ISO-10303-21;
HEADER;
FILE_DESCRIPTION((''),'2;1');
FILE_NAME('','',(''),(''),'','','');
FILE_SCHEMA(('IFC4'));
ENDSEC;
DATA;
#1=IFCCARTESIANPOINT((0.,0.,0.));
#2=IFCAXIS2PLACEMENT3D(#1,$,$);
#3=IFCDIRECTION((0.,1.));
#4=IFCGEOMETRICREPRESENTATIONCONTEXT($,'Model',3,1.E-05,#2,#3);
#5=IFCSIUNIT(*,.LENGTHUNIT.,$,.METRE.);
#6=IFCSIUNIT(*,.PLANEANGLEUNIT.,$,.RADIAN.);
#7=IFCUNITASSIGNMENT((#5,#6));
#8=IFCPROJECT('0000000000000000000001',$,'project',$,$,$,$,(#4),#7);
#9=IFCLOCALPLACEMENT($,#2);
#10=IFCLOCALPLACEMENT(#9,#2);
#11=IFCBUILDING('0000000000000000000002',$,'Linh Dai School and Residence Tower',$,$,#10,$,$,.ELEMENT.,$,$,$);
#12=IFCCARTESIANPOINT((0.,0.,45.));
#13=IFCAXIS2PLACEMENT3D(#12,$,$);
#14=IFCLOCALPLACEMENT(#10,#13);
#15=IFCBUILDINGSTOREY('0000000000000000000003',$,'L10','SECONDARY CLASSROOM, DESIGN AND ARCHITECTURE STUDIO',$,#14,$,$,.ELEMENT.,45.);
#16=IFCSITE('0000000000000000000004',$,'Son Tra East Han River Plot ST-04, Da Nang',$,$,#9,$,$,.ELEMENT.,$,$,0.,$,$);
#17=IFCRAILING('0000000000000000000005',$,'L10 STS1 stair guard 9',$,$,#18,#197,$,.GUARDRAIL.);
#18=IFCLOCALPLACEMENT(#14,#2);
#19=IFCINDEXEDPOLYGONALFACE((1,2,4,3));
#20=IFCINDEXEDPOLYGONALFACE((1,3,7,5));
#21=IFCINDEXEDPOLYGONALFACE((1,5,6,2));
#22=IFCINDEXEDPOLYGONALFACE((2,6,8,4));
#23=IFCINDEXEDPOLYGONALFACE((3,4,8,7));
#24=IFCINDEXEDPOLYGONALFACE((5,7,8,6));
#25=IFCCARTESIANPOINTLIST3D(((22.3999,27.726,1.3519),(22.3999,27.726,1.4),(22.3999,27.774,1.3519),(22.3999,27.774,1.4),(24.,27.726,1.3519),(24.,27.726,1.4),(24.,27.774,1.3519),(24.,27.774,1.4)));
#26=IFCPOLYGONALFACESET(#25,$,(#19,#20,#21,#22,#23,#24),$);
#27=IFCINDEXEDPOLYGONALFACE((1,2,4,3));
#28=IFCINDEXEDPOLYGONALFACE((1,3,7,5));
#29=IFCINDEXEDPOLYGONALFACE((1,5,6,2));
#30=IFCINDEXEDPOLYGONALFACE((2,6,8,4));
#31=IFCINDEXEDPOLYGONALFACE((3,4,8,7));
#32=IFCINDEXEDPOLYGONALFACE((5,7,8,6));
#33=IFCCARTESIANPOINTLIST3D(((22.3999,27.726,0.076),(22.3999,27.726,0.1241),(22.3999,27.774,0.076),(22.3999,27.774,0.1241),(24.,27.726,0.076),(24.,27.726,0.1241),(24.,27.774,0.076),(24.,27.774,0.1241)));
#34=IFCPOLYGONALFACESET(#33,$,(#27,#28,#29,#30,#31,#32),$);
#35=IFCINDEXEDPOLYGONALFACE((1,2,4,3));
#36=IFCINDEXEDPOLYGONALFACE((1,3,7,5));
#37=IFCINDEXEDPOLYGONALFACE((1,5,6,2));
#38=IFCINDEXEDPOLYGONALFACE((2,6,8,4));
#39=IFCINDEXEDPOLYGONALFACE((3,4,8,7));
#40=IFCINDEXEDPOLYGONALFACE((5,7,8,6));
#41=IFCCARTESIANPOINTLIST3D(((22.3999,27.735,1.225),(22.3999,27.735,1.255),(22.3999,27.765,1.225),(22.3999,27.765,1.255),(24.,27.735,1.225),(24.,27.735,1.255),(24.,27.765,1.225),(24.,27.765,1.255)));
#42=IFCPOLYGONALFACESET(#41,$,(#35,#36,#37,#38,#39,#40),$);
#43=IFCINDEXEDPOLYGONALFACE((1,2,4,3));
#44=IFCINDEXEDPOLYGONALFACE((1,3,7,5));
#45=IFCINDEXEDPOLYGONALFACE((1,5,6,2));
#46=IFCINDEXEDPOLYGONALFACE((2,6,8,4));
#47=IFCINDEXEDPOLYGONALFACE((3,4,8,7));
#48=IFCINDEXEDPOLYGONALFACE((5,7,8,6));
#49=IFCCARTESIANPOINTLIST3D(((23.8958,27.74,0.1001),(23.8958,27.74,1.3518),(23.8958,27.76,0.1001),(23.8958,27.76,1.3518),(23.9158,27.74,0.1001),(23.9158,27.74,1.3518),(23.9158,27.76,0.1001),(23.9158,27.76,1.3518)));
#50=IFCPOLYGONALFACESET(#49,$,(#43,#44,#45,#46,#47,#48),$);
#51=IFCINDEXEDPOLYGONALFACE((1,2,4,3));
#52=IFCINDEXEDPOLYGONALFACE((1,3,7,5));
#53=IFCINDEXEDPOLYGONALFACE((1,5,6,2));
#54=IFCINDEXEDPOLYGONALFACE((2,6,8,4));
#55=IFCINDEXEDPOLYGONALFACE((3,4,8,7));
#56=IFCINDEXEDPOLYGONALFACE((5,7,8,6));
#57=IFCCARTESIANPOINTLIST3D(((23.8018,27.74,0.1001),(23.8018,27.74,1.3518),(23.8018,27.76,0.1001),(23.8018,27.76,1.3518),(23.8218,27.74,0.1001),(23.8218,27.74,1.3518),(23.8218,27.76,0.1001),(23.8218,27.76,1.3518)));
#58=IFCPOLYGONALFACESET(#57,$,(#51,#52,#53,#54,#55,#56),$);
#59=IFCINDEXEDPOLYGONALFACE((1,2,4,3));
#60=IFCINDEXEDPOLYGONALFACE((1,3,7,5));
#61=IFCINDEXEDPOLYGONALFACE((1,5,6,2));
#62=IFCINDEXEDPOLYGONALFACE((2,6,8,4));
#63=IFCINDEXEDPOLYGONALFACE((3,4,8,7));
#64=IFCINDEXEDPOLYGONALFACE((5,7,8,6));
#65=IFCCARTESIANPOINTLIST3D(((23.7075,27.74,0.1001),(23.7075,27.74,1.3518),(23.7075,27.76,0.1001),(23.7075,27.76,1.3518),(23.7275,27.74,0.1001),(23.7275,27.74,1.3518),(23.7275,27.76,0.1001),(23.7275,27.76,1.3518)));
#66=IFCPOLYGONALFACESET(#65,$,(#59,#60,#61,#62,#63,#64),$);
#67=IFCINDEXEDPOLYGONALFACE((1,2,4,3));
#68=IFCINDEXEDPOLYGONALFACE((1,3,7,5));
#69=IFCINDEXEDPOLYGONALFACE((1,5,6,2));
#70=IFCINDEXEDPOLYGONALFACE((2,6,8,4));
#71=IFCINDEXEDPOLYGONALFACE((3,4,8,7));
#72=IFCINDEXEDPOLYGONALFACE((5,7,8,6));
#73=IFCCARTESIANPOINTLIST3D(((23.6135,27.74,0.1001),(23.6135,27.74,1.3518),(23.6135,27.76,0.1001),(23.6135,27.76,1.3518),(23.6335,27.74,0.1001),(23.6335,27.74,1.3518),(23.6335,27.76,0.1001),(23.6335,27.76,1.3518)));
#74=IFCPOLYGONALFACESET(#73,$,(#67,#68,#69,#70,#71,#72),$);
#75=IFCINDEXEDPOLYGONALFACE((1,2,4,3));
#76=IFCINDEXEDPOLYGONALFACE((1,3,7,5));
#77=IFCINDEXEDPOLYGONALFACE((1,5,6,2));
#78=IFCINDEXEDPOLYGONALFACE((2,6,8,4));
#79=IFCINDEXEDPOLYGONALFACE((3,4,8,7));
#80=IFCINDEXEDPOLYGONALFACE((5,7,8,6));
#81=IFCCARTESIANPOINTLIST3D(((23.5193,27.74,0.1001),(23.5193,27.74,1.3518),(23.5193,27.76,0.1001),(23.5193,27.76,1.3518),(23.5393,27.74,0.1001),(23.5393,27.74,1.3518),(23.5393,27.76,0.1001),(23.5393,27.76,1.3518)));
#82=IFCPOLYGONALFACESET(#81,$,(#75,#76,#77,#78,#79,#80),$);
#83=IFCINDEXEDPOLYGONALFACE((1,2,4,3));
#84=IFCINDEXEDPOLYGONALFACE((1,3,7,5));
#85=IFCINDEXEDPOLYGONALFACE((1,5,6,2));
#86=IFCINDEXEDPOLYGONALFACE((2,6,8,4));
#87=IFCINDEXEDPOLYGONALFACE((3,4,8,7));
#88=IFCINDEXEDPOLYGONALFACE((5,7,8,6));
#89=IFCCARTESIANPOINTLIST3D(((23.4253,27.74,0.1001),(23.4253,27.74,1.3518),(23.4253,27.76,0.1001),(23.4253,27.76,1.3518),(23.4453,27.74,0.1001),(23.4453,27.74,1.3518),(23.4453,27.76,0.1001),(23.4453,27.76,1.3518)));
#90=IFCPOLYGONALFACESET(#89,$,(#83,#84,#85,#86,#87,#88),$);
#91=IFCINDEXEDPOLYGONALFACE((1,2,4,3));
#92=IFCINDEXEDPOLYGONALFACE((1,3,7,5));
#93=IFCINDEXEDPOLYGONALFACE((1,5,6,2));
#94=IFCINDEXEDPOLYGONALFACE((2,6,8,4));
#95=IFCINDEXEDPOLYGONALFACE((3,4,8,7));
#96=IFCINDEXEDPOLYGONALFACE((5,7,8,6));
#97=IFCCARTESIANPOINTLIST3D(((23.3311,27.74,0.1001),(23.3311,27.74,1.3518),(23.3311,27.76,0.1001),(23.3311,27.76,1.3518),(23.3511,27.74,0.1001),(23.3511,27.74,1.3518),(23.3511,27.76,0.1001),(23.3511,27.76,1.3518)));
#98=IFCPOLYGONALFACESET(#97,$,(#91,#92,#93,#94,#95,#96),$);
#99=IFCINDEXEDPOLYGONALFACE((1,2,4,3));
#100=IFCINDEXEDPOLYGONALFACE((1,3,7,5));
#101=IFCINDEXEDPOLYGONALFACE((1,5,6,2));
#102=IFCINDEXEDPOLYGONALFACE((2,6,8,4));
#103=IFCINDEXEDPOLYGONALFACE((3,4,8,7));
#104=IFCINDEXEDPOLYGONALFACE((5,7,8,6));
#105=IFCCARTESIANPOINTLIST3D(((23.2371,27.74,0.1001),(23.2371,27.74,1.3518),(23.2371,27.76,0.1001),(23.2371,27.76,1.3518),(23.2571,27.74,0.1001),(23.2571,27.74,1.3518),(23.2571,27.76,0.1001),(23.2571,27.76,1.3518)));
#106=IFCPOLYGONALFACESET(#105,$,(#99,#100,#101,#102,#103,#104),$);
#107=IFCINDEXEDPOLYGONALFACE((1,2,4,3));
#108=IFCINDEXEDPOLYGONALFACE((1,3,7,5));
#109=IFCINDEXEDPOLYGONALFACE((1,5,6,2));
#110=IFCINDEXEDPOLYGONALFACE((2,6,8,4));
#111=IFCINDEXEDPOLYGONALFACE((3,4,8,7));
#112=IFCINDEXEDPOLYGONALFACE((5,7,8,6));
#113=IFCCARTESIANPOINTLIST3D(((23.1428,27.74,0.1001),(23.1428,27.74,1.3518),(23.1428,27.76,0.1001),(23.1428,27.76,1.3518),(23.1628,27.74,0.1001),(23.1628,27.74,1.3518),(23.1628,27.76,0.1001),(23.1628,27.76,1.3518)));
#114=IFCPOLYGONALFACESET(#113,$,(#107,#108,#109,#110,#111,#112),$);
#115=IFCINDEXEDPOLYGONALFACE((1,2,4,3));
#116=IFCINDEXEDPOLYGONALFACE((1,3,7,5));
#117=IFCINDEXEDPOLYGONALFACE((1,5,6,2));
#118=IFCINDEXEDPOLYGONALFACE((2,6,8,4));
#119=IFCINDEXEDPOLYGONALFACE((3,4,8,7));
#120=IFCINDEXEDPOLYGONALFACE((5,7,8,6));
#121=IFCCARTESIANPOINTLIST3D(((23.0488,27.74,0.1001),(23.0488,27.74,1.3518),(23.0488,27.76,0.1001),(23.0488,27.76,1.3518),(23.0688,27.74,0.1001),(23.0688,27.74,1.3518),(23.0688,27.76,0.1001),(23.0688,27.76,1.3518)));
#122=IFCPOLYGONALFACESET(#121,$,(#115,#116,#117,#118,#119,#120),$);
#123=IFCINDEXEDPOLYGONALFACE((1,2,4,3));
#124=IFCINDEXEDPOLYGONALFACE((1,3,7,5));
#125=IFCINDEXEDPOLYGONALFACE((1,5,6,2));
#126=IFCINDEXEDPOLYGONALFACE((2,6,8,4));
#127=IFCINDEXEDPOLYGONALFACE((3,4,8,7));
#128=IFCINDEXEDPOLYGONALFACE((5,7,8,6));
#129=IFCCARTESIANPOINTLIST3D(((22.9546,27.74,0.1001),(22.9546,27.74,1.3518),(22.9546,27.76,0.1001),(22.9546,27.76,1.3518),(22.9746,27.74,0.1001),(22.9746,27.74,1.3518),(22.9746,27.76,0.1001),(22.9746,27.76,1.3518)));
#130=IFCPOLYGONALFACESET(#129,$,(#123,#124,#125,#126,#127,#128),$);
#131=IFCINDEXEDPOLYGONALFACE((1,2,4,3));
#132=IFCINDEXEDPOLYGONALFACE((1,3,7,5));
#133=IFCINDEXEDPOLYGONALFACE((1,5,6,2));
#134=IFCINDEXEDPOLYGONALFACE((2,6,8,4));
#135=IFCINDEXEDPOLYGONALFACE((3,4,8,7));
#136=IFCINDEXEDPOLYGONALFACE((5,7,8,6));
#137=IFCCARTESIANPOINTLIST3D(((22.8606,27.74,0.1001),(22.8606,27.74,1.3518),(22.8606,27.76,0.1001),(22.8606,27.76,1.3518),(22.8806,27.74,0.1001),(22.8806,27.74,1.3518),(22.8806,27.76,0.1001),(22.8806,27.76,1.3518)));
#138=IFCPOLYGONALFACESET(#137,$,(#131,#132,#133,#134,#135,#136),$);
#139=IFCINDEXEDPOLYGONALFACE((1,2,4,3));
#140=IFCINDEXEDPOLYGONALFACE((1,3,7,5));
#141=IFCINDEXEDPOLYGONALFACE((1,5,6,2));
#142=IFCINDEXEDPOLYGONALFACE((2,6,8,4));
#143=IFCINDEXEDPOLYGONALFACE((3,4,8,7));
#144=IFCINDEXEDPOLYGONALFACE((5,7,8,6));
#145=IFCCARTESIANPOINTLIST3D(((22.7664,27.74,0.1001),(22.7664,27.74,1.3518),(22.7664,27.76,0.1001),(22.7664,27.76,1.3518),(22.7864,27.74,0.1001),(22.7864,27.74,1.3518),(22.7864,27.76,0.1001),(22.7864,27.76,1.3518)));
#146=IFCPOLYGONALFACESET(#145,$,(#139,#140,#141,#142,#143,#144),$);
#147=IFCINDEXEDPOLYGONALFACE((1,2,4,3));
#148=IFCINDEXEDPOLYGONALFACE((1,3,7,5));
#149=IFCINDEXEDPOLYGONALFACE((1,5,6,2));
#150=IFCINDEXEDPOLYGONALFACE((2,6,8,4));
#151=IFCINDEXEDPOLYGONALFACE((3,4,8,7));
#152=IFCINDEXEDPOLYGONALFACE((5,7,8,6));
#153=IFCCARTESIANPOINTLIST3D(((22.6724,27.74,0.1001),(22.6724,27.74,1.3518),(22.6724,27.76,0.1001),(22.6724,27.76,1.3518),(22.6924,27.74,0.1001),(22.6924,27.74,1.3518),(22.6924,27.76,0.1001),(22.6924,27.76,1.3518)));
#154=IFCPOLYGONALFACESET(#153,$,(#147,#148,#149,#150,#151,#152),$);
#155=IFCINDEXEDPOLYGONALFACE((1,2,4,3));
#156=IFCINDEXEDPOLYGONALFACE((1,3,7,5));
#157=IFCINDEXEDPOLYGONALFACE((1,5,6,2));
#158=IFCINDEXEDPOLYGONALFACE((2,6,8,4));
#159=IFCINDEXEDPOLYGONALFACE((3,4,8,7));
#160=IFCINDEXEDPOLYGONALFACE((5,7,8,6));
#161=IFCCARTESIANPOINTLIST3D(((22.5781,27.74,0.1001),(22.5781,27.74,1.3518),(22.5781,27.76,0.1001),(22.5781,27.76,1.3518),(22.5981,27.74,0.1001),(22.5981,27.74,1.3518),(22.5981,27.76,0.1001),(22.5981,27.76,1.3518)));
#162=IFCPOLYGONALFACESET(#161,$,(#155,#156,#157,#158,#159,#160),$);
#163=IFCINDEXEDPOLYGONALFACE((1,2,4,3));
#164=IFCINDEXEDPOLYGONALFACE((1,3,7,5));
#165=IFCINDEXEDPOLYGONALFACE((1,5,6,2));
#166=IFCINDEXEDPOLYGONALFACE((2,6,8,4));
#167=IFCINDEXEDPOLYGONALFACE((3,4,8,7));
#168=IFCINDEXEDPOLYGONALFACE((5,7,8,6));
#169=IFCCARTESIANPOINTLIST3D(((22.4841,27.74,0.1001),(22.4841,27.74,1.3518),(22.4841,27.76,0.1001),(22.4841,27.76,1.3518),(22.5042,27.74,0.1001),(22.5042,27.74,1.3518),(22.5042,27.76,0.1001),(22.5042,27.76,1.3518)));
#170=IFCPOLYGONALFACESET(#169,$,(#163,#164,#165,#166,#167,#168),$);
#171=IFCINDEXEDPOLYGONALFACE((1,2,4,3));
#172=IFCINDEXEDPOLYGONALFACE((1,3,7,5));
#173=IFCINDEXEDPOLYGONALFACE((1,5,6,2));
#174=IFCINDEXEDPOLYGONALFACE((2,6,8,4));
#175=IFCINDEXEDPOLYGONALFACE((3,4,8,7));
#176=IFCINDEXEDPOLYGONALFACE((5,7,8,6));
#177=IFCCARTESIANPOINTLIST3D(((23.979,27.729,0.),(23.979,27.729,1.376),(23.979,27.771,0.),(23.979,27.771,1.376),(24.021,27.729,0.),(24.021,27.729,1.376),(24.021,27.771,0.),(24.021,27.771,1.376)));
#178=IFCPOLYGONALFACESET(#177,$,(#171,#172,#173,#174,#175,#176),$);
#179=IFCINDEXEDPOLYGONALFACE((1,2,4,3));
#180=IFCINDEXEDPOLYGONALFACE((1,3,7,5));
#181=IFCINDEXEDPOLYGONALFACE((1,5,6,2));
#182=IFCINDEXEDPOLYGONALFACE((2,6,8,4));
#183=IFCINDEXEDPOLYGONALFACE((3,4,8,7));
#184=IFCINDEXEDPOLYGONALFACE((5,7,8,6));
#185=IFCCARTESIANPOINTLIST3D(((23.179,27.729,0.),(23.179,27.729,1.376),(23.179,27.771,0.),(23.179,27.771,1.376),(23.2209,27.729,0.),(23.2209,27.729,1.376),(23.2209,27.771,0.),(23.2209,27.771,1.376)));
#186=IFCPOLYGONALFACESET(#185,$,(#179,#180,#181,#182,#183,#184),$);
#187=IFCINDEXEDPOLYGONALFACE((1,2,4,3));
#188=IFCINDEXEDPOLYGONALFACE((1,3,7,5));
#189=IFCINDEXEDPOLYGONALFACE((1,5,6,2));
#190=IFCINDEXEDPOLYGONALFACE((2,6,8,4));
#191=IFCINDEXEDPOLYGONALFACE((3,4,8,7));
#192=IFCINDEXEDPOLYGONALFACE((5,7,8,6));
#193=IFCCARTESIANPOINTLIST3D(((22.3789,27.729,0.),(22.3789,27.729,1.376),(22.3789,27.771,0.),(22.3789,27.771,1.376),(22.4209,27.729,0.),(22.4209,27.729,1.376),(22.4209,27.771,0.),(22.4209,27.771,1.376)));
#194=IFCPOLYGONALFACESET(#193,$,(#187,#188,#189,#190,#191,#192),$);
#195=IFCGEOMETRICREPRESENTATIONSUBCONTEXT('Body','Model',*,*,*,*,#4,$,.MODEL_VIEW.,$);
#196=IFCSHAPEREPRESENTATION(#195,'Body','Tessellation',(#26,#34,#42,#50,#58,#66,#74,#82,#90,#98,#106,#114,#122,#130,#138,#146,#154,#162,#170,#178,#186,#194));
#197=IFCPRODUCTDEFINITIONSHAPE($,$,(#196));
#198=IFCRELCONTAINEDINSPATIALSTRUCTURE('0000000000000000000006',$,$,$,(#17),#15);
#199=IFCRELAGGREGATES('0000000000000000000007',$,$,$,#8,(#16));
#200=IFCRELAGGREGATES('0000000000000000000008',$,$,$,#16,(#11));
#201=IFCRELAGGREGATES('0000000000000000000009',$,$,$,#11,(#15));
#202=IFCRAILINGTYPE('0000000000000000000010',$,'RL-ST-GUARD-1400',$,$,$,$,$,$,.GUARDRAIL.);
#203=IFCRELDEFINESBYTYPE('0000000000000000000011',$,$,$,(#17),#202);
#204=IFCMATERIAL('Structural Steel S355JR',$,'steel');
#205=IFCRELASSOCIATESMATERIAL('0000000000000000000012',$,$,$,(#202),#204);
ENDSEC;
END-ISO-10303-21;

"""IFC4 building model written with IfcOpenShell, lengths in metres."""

from ifc_helpers import new_model, si_unit, direction, frame, origin, origin_2d, place, context, subcontext, project, spatial, rectangle, extrude, source, transform, mapped, material, type_object, element, save


model = new_model("IFC4")

# Units and contexts
model_context = context("Model", 3, precision=1e-05, world=origin(), true_north=direction((0.0, 1.0)))
body_context = subcontext(model_context, "Body", "Model", "MODEL_VIEW")
ifc_project = project(units=[si_unit("LENGTHUNIT", "METRE"), si_unit("PLANEANGLEUNIT", "RADIAN")], contexts=[model_context])

# Site, building, storey
site_placement = place(None, origin())
site = spatial("IfcSite", under=ifc_project, at=site_placement, Name="Son Tra East Han River Plot ST-04, Da Nang", CompositionType="ELEMENT", RefElevation=0.0)
building_placement = place(site_placement, origin())
building = spatial("IfcBuilding", under=site, at=building_placement, Name="Linh Dai School and Residence Tower", CompositionType="ELEMENT")
storey_placement = place(building_placement, frame((0.0, 0.0, 45.0)))
storey = spatial("IfcBuildingStorey", under=building, at=storey_placement, Name="L10", Description="SECONDARY CLASSROOM, DESIGN AND ARCHITECTURE STUDIO", CompositionType="ELEMENT", Elevation=45.0)

# Shared definitions
ifc_material_1 = material(Name="Structural Steel S355JR", Category="steel")

# Railing
railing_type_1 = type_object("IfcRailingType", Name="RL-ST-GUARD-1400", PredefinedType="GUARDRAIL", material=ifc_material_1)
shared_shape_1 = source(origin(), body_context, "Body", "SweptSolid", [
    extrude(rectangle(XDim=0.0481, YDim=0.0481, at=origin_2d()), frame((0.0, 0.0, 1.376), z_axis=(-1.0, 0.0, 0.0), x_axis=(0.0, -1.0, 0.0)), (0.0, 0.0, 1.0), 1.6001),
    extrude(rectangle(XDim=0.0481, YDim=0.0481, at=origin_2d()), frame((0.0, 0.0, 0.1001), z_axis=(-1.0, 0.0, 0.0), x_axis=(0.0, -1.0, 0.0)), (0.0, 0.0, 1.0), 1.6001),
    extrude(rectangle(XDim=0.03, YDim=0.03, at=origin_2d()), frame((0.0, 0.0, 1.24), z_axis=(-1.0, 0.0, 0.0), x_axis=(0.0, -1.0, 0.0)), (0.0, 0.0, 1.0), 1.6001),
    extrude(rectangle(XDim=0.02, YDim=0.02, at=origin_2d()), frame((-0.0942, 0.0, 0.1001)), (0.0, 0.0, 1.0), 1.2517),
    extrude(rectangle(XDim=0.02, YDim=0.02, at=origin_2d()), frame((-0.1882, 0.0, 0.1001)), (0.0, 0.0, 1.0), 1.2517),
    extrude(rectangle(XDim=0.02, YDim=0.02, at=origin_2d()), frame((-0.2825, 0.0, 0.1001)), (0.0, 0.0, 1.0), 1.2517),
    extrude(rectangle(XDim=0.02, YDim=0.02, at=origin_2d()), frame((-0.3765, 0.0, 0.1001)), (0.0, 0.0, 1.0), 1.2517),
    extrude(rectangle(XDim=0.02, YDim=0.02, at=origin_2d()), frame((-0.4707, 0.0, 0.1001)), (0.0, 0.0, 1.0), 1.2517),
    extrude(rectangle(XDim=0.02, YDim=0.02, at=origin_2d()), frame((-0.5647, 0.0, 0.1001)), (0.0, 0.0, 1.0), 1.2517),
    extrude(rectangle(XDim=0.02, YDim=0.02, at=origin_2d()), frame((-0.6589, 0.0, 0.1001)), (0.0, 0.0, 1.0), 1.2517),
    extrude(rectangle(XDim=0.02, YDim=0.02, at=origin_2d()), frame((-0.7529, 0.0, 0.1001)), (0.0, 0.0, 1.0), 1.2517),
    extrude(rectangle(XDim=0.02, YDim=0.02, at=origin_2d()), frame((-0.8472, 0.0, 0.1001)), (0.0, 0.0, 1.0), 1.2517),
    extrude(rectangle(XDim=0.02, YDim=0.02, at=origin_2d()), frame((-0.9412, 0.0, 0.1001)), (0.0, 0.0, 1.0), 1.2517),
    extrude(rectangle(XDim=0.02, YDim=0.02, at=origin_2d()), frame((-1.0354, 0.0, 0.1001)), (0.0, 0.0, 1.0), 1.2517),
    extrude(rectangle(XDim=0.02, YDim=0.02, at=origin_2d()), frame((-1.1294, 0.0, 0.1001)), (0.0, 0.0, 1.0), 1.2517),
    extrude(rectangle(XDim=0.02, YDim=0.02, at=origin_2d()), frame((-1.2236, 0.0, 0.1001)), (0.0, 0.0, 1.0), 1.2517),
    extrude(rectangle(XDim=0.02, YDim=0.02, at=origin_2d()), frame((-1.3176, 0.0, 0.1001)), (0.0, 0.0, 1.0), 1.2517),
    extrude(rectangle(XDim=0.02, YDim=0.02, at=origin_2d()), frame((-1.4119, 0.0, 0.1001)), (0.0, 0.0, 1.0), 1.2517),
    extrude(rectangle(XDim=0.02, YDim=0.02, at=origin_2d()), frame((-1.5059, 0.0, 0.1001)), (0.0, 0.0, 1.0), 1.2517),
    extrude(rectangle(XDim=0.042, YDim=0.042, at=origin_2d()), origin(), (0.0, 0.0, 1.0), 1.376),
    extrude(rectangle(XDim=0.042, YDim=0.042, at=origin_2d()), frame((-0.8, 0.0, 0.0)), (0.0, 0.0, 1.0), 1.376),
    extrude(rectangle(XDim=0.042, YDim=0.042, at=origin_2d()), frame((-1.6001, 0.0, 0.0)), (0.0, 0.0, 1.0), 1.376),
])
for number, where, name in (
    (1, (24.0, 27.75, 0.0), "L10 STS1 stair guard 9"),
):
    element("IfcRailing", number, at=place(storey_placement, frame(where)), inside=storey, type_object=railing_type_1, Name=name, PredefinedType="GUARDRAIL", context=body_context, shape_type="MappedRepresentation", body=[
        mapped(shared_shape_1, transform((0.0, 0.0, 0.0), x_axis=(1.0, 0.0, 0.0), y_axis=(0.0, 1.0, 0.0), z_axis=(0.0, 0.0, 1.0), scale=1.0)),
    ])

save(model, "model.ifc")
